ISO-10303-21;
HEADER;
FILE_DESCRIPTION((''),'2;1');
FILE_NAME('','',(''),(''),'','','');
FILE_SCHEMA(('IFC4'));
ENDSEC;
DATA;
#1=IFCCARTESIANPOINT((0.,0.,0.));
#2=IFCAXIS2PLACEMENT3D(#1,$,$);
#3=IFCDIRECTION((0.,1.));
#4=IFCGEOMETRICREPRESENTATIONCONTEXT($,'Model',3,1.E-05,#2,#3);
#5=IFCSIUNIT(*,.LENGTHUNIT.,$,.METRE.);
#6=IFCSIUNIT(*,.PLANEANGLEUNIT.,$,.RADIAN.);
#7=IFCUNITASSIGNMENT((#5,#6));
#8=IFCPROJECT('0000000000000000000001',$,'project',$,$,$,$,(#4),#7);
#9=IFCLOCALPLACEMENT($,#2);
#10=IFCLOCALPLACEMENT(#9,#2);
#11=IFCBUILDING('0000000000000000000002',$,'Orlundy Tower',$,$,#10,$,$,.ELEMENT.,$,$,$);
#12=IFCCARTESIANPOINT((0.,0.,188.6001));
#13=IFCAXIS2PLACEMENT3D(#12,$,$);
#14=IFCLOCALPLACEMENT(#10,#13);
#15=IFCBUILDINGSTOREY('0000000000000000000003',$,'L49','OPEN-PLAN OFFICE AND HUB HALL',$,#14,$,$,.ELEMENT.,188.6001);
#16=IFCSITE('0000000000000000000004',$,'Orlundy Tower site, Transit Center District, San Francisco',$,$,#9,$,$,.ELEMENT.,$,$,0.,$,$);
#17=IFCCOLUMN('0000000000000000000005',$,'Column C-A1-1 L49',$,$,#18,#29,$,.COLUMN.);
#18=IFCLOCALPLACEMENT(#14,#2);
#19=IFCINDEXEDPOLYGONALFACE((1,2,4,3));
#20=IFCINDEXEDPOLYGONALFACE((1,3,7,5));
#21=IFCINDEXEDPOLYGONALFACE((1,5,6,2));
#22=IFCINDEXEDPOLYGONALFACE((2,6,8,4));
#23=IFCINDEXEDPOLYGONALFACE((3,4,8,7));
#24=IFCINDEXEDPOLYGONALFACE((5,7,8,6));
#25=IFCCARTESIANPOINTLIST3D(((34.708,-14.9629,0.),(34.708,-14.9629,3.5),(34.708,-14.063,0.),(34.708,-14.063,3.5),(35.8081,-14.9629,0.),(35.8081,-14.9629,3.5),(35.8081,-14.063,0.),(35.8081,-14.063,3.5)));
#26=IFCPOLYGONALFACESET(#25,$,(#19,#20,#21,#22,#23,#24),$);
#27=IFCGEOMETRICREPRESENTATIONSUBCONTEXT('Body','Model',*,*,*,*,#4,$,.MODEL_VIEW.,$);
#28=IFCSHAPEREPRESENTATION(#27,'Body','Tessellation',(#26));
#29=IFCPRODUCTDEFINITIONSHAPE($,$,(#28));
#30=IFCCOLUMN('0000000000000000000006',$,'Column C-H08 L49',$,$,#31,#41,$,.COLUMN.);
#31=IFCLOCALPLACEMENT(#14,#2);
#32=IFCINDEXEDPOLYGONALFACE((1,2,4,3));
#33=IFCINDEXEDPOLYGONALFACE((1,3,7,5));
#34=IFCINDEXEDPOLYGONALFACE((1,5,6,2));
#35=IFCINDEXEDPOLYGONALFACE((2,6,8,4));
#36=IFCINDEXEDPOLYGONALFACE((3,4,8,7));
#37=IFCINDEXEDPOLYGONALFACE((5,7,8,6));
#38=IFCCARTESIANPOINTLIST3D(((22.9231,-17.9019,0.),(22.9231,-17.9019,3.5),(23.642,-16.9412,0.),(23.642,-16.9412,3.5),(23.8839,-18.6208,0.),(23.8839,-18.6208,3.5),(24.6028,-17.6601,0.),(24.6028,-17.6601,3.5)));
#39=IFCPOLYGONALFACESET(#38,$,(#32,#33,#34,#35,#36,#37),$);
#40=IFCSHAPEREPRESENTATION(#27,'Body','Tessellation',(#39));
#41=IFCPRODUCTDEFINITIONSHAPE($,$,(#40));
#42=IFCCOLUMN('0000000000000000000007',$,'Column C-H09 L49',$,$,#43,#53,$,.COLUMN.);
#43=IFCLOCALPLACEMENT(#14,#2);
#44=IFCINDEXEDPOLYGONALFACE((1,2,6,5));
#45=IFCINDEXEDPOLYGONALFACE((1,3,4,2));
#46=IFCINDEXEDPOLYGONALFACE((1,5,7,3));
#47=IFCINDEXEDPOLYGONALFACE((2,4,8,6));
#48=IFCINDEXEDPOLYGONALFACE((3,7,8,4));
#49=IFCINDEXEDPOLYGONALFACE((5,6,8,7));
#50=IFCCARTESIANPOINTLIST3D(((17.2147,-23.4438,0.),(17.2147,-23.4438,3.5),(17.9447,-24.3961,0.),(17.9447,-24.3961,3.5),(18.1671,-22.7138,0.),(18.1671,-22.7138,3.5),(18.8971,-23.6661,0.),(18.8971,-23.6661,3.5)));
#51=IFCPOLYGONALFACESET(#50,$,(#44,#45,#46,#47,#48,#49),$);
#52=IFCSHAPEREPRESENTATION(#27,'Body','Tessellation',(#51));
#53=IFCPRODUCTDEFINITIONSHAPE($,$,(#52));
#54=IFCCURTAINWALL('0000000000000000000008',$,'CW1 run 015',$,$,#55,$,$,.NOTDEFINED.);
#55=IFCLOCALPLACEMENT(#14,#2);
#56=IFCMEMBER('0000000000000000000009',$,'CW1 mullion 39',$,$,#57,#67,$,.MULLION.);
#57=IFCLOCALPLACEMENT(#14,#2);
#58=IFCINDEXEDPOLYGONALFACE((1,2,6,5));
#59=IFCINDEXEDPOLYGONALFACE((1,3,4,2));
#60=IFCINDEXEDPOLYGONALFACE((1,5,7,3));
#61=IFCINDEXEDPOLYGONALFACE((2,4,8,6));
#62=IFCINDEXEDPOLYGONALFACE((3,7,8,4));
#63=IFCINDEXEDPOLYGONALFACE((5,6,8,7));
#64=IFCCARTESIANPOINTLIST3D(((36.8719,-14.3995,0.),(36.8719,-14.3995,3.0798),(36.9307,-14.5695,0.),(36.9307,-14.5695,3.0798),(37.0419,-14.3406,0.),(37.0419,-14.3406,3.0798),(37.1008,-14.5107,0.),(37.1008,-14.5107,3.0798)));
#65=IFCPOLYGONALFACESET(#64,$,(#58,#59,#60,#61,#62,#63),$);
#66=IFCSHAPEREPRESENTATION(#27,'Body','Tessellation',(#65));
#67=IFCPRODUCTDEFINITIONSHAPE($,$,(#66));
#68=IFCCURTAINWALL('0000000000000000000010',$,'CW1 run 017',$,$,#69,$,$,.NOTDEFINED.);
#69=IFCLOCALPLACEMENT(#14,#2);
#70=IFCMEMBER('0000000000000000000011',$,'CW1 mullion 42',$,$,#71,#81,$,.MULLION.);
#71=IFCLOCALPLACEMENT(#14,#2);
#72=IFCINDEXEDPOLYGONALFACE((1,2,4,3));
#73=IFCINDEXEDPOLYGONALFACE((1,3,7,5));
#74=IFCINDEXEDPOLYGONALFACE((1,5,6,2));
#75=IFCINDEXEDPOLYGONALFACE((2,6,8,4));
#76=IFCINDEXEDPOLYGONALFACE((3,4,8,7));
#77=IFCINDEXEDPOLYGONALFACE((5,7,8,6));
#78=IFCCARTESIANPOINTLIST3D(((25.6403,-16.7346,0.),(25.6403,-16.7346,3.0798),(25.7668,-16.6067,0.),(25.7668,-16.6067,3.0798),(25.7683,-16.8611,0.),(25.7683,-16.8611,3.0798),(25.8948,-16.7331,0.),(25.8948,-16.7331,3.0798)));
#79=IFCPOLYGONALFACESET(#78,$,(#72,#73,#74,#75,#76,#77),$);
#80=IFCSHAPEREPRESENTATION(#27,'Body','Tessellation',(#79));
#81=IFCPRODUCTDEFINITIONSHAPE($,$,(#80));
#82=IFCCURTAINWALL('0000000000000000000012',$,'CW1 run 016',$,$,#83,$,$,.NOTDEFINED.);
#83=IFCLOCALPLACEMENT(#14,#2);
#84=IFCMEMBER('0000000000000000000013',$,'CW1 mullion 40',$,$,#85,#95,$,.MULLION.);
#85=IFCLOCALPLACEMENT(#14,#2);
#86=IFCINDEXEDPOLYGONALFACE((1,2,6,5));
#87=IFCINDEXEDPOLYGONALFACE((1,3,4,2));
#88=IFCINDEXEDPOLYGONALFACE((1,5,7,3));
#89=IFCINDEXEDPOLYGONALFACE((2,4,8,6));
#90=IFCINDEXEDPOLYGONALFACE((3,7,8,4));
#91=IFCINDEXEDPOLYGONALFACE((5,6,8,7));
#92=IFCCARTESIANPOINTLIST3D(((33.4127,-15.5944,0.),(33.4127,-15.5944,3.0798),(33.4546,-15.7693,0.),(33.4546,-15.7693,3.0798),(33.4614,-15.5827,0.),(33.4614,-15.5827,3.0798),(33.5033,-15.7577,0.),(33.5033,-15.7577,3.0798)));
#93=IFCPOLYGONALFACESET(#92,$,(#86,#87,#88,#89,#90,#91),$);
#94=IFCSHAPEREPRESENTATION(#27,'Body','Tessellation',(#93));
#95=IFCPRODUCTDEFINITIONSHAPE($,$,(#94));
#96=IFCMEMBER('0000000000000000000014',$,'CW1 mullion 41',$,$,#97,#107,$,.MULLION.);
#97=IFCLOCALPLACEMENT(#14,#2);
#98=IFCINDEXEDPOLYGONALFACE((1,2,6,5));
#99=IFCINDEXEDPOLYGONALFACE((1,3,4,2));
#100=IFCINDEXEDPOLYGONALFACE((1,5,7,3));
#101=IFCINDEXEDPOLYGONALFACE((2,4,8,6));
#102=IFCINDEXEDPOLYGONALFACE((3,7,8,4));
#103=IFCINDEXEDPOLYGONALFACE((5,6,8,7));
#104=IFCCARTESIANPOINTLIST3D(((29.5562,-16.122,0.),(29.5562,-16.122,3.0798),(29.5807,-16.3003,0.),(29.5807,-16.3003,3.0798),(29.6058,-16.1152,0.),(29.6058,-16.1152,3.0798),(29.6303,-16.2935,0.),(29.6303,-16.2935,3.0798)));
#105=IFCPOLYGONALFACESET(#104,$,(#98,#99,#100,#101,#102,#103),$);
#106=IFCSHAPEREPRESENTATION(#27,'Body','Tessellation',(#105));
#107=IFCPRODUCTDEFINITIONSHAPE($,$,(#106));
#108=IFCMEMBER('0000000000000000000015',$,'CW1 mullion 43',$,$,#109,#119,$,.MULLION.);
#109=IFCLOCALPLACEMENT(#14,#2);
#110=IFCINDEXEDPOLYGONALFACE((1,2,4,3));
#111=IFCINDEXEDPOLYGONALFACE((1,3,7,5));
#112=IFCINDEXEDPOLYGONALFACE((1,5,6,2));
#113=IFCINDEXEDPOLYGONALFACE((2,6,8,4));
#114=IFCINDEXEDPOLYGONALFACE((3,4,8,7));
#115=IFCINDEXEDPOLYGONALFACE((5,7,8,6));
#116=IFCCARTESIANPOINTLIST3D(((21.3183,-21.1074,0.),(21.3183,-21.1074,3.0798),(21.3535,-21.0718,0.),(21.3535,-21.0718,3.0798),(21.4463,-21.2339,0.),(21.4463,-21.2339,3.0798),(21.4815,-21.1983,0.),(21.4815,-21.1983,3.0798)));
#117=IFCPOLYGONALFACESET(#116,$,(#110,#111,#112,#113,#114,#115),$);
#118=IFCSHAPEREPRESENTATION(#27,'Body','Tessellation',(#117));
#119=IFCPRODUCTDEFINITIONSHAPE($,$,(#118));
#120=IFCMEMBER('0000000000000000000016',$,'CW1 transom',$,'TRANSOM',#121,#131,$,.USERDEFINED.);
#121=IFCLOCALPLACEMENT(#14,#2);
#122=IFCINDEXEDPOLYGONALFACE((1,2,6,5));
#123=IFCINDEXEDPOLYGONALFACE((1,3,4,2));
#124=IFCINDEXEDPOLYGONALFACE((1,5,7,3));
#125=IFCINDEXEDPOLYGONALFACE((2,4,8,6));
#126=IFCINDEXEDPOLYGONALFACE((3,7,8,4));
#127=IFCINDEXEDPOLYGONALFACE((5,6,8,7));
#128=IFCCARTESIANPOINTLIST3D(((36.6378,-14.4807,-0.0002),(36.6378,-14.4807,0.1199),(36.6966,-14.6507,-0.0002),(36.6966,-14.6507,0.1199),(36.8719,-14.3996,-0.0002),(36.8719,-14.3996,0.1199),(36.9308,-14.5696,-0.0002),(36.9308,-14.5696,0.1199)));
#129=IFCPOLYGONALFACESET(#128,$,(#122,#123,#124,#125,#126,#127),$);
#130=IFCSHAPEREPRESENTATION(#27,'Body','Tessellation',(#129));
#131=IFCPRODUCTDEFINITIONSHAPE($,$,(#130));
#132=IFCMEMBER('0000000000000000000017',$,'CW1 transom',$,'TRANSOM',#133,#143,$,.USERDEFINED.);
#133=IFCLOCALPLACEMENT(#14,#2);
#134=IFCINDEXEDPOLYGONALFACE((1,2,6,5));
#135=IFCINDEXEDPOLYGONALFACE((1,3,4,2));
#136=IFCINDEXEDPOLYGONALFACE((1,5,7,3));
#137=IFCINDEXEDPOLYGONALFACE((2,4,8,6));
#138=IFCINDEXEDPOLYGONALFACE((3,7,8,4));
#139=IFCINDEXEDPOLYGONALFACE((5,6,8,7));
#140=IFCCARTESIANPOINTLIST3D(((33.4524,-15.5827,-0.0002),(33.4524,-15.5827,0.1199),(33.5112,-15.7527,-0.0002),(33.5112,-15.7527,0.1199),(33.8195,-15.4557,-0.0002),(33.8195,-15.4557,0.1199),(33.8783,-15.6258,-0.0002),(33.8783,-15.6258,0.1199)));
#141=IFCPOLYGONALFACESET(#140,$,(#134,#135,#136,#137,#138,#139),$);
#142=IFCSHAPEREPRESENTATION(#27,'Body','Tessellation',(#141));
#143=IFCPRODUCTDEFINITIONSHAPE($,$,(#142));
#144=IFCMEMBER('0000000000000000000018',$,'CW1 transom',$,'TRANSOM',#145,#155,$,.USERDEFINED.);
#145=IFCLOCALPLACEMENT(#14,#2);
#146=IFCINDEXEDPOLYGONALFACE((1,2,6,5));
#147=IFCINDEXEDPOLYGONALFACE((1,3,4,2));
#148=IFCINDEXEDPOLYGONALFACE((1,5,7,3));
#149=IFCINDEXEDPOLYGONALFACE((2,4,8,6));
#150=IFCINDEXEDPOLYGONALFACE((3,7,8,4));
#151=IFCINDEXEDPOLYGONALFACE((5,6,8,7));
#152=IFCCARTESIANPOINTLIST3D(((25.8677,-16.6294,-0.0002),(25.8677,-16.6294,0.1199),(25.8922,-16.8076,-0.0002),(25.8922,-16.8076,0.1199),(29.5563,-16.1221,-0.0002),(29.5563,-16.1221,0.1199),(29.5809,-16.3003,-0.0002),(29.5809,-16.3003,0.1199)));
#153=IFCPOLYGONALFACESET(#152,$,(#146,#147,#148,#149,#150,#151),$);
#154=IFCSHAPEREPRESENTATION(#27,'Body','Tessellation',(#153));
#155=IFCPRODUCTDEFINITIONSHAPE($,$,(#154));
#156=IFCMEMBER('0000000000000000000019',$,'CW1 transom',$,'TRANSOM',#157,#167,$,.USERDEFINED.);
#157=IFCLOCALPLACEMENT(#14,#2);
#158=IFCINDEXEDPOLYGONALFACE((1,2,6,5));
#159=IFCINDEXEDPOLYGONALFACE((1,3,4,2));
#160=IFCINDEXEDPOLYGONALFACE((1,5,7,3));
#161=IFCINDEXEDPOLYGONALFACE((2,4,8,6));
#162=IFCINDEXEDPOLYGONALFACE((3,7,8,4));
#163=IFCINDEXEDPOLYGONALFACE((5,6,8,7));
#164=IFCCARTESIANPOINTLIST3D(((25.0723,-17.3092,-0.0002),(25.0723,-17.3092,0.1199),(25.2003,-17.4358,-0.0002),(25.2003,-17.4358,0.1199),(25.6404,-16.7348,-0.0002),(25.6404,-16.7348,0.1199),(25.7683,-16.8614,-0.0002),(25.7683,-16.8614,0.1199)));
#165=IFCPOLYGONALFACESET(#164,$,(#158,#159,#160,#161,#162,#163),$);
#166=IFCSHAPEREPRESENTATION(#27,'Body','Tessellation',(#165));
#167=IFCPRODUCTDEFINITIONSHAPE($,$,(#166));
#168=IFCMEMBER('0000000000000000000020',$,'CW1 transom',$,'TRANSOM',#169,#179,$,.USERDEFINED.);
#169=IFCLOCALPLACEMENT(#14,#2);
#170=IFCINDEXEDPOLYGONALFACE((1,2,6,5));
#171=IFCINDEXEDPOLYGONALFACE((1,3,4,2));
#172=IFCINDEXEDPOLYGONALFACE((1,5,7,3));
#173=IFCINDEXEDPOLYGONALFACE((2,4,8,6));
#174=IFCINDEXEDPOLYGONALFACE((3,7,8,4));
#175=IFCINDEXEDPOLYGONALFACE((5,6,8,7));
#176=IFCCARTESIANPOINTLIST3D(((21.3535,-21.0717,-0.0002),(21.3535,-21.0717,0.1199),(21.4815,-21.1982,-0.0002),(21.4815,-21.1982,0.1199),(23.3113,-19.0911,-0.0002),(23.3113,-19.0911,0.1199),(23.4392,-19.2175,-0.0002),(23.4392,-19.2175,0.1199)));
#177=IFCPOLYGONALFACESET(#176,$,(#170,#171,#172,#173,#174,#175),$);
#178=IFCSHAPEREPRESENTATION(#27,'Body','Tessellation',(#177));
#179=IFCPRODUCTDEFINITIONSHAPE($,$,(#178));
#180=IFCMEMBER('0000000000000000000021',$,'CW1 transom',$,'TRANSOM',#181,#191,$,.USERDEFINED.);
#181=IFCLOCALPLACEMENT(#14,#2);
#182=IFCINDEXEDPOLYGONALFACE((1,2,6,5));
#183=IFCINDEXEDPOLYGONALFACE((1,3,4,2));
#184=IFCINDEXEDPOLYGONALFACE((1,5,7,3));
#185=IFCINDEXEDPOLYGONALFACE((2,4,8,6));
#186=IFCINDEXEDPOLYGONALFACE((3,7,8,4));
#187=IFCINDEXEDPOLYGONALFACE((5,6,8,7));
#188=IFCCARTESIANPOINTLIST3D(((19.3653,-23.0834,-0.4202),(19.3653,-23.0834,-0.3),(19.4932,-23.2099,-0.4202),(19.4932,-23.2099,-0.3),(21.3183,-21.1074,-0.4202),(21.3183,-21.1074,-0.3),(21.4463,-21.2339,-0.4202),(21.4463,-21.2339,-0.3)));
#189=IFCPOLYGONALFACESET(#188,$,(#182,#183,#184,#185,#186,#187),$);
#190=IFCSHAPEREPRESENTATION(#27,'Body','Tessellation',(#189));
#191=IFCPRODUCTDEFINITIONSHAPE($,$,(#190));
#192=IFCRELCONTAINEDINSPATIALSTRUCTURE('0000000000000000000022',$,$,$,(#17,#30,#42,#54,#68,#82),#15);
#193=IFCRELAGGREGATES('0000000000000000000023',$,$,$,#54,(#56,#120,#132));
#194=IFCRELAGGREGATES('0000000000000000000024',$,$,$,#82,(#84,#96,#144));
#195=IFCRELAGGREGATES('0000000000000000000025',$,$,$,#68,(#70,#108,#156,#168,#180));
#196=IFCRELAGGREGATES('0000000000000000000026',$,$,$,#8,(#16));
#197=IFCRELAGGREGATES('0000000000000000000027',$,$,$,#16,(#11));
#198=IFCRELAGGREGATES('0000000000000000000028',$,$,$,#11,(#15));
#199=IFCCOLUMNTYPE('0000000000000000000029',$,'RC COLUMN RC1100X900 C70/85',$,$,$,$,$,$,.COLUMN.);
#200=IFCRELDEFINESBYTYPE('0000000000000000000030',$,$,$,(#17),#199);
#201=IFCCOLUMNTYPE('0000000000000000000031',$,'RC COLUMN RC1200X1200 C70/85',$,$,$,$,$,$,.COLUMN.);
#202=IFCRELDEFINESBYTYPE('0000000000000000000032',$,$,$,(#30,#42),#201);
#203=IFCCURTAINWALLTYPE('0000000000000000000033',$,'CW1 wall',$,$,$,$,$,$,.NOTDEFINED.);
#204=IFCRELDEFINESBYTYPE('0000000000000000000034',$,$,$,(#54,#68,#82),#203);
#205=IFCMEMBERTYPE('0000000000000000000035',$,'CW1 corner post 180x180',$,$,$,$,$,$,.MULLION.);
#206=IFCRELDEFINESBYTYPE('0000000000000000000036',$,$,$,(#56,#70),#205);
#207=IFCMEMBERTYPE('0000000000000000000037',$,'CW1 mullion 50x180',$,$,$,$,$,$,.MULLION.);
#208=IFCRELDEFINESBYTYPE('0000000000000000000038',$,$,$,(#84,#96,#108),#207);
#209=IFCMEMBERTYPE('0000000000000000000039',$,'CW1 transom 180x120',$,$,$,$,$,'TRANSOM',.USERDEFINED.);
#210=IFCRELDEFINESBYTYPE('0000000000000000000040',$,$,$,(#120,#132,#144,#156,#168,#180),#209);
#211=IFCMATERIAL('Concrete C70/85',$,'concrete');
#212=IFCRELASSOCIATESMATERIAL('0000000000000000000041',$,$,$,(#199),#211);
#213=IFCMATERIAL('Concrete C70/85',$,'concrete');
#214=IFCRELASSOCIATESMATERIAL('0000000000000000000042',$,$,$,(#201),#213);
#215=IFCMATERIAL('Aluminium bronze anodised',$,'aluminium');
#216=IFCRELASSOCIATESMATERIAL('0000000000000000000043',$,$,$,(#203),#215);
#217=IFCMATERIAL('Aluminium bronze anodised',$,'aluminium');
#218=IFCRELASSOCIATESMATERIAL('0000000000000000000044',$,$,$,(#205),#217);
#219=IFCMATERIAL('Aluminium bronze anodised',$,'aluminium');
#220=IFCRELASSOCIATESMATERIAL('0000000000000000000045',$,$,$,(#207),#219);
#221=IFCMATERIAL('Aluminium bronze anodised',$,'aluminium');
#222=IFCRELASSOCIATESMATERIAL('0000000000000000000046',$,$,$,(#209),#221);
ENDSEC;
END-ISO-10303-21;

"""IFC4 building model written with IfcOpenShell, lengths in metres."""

from ifc_helpers import new_model, si_unit, direction, frame, origin, origin_2d, place, context, subcontext, project, spatial, rectangle, extrude, material, material_profile, profile_set, type_object, element, aggregate, save


model = new_model("IFC4")

# Units and contexts
model_context = context("Model", 3, precision=1e-05, world=origin(), true_north=direction((0.0, 1.0)))
body_context = subcontext(model_context, "Body", "Model", "MODEL_VIEW")
ifc_project = project(units=[si_unit("LENGTHUNIT", "METRE"), si_unit("PLANEANGLEUNIT", "RADIAN")], contexts=[model_context])

# Site, building, storey
site_placement = place(None, origin())
site = spatial("IfcSite", under=ifc_project, at=site_placement, Name="Orlundy Tower site, Transit Center District, San Francisco", CompositionType="ELEMENT", RefElevation=0.0)
building_placement = place(site_placement, origin())
building = spatial("IfcBuilding", under=site, at=building_placement, Name="Orlundy Tower", CompositionType="ELEMENT")
storey_placement = place(building_placement, frame((0.0, 0.0, 188.6001)))
storey = spatial("IfcBuildingStorey", under=building, at=storey_placement, Name="L49", Description="OPEN-PLAN OFFICE AND HUB HALL", CompositionType="ELEMENT", Elevation=188.6001)

# Columns
ifc_material_1 = material(Name="Concrete C70/85", Category="concrete")
ifc_material_profile_1 = material_profile(ifc_material_1, rectangle(XDim=1.1001, YDim=0.8999, at=origin_2d()), Name="RC1100X900")
ifc_profile_set_1 = profile_set([ifc_material_profile_1], Name="Concrete C70/85")
column_type_1 = type_object("IfcColumnType", Name="RC COLUMN RC1100X900 C70/85", PredefinedType="COLUMN", material=ifc_profile_set_1)
column_placement = place(storey_placement, frame((35.2581, -14.5129, 0.0), z_axis=(0.0, 0.0, 1.0), x_axis=(1.0, 0.0, 0.0)))
element("IfcColumn", 1, at=column_placement, inside=storey, type_object=column_type_1, Name="Column C-A1-1 L49", PredefinedType="COLUMN", context=body_context, shape_type="SweptSolid", body=[
    extrude(rectangle(XDim=1.1001, YDim=0.8999, at=origin_2d()), origin(), (0.0, 0.0, 1.0), 3.5),
])
ifc_material_2 = material(Name="Concrete C70/85", Category="concrete")
ifc_material_profile_2 = material_profile(ifc_material_2, rectangle(XDim=1.2, YDim=1.2, at=origin_2d()), Name="RC1200X1200")
ifc_profile_set_2 = profile_set([ifc_material_profile_2], Name="Concrete C70/85")
column_type_2 = type_object("IfcColumnType", Name="RC COLUMN RC1200X1200 C70/85", PredefinedType="COLUMN", material=ifc_profile_set_2)
for number, where, z_axis, x_axis, name in (
    (2, (23.7629, -17.781, 0.0), (0.0, 0.0, 1.0), (0.800669, -0.599107, 0.0), "Column C-H08 L49"),
    (3, (18.0559, -23.5549, 0.0), (0.0, 0.0, 1.0), (0.608374, -0.793651, 0.0), "Column C-H09 L49"),
):
    element("IfcColumn", number, at=place(storey_placement, frame(where, z_axis=z_axis, x_axis=x_axis)), inside=storey, type_object=column_type_2, Name=name, PredefinedType="COLUMN", context=body_context, shape_type="SweptSolid", body=[
        extrude(rectangle(XDim=1.2, YDim=1.2, at=origin_2d()), origin(), (0.0, 0.0, 1.0), 3.5),
    ])

# Curtain walls, members
ifc_material_3 = material(Name="Aluminium bronze anodised", Category="aluminium")
curtain_wall_type = type_object("IfcCurtainWallType", Name="CW1 wall", PredefinedType="NOTDEFINED", material=ifc_material_3)
curtain_wall_1_placement = place(storey_placement, origin())
curtain_wall_1 = element("IfcCurtainWall", 4, at=curtain_wall_1_placement, inside=storey, type_object=curtain_wall_type, Name="CW1 run 015", PredefinedType="NOTDEFINED")
ifc_material_4 = material(Name="Aluminium bronze anodised", Category="aluminium")
ifc_material_profile_3 = material_profile(ifc_material_4, rectangle(XDim=0.1799, YDim=0.1799, at=origin_2d()), Name="CW1 corner post 180x180")
ifc_profile_set_3 = profile_set([ifc_material_profile_3], Name="Aluminium bronze anodised")
member_type_1 = type_object("IfcMemberType", Name="CW1 corner post 180x180", PredefinedType="MULLION", material=ifc_profile_set_3)
member_1_placement = place(storey_placement, frame((36.9863, -14.4551, 0.0), z_axis=(0.0, 0.0, 1.0), x_axis=(0.326972, -0.945034, 0.0)))
member_1 = element("IfcMember", 5, at=member_1_placement, type_object=member_type_1, Name="CW1 mullion 39", PredefinedType="MULLION", context=body_context, shape_type="SweptSolid", body=[
    extrude(rectangle(XDim=0.1799, YDim=0.1799, at=origin_2d()), origin(), (0.0, 0.0, 1.0), 3.0798),
])
curtain_wall_2_placement = place(storey_placement, origin())
curtain_wall_2 = element("IfcCurtainWall", 6, at=curtain_wall_2_placement, inside=storey, type_object=curtain_wall_type, Name="CW1 run 017", PredefinedType="NOTDEFINED")
member_2_placement = place(storey_placement, frame((25.7676, -16.7339, 0.0), z_axis=(0.0, 0.0, 1.0), x_axis=(0.711219, -0.70297, 0.0)))
member_2 = element("IfcMember", 7, at=member_2_placement, type_object=member_type_1, Name="CW1 mullion 42", PredefinedType="MULLION", context=body_context, shape_type="SweptSolid", body=[
    extrude(rectangle(XDim=0.1799, YDim=0.1799, at=origin_2d()), origin(), (0.0, 0.0, 1.0), 3.0798),
])

# Curtain wall, members
curtain_wall_3_placement = place(storey_placement, origin())
curtain_wall_3 = element("IfcCurtainWall", 8, at=curtain_wall_3_placement, inside=storey, type_object=curtain_wall_type, Name="CW1 run 016", PredefinedType="NOTDEFINED")
ifc_material_5 = material(Name="Aluminium bronze anodised", Category="aluminium")
ifc_material_profile_4 = material_profile(ifc_material_5, rectangle(XDim=0.1799, YDim=0.05, at=origin_2d()), Name="CW1 mullion 50x180")
ifc_profile_set_4 = profile_set([ifc_material_profile_4], Name="Aluminium bronze anodised")
member_type_2 = type_object("IfcMemberType", Name="CW1 mullion 50x180", PredefinedType="MULLION", material=ifc_profile_set_4)
member_3_placement = place(storey_placement, frame((33.458, -15.676, 0.0), z_axis=(0.0, 0.0, 1.0), x_axis=(0.232754, -0.972536, 0.0)))
member_3 = element("IfcMember", 9, at=member_3_placement, type_object=member_type_2, Name="CW1 mullion 40", PredefinedType="MULLION", context=body_context, shape_type="SweptSolid", body=[
    extrude(rectangle(XDim=0.1799, YDim=0.05, at=origin_2d()), origin(), (0.0, 0.0, 1.0), 3.0798),
])
member_4_placement = place(storey_placement, frame((29.5933, -16.2078, 0.0), z_axis=(0.0, 0.0, 1.0), x_axis=(0.136294, -0.990668, 0.0)))
member_4 = element("IfcMember", 10, at=member_4_placement, type_object=member_type_2, Name="CW1 mullion 41", PredefinedType="MULLION", context=body_context, shape_type="SweptSolid", body=[
    extrude(rectangle(XDim=0.1799, YDim=0.05, at=origin_2d()), origin(), (0.0, 0.0, 1.0), 3.0798),
])

# Members
member_5_placement = place(storey_placement, frame((21.3999, -21.1528, 0.0), z_axis=(0.0, 0.0, 1.0), x_axis=(0.711219, -0.70297, 0.0)))
member_5 = element("IfcMember", 11, at=member_5_placement, type_object=member_type_2, Name="CW1 mullion 43", PredefinedType="MULLION", context=body_context, shape_type="SweptSolid", body=[
    extrude(rectangle(XDim=0.1799, YDim=0.05, at=origin_2d()), origin(), (0.0, 0.0, 1.0), 3.0798),
])
ifc_material_6 = material(Name="Aluminium bronze anodised", Category="aluminium")
ifc_material_profile_5 = material_profile(ifc_material_6, rectangle(XDim=0.1799, YDim=0.1201, at=origin_2d()), Name="CW1 transom 180x120")
ifc_profile_set_5 = profile_set([ifc_material_profile_5], Name="Aluminium bronze anodised")
member_type_3 = type_object("IfcMemberType", Name="CW1 transom 180x120", ElementType="TRANSOM", PredefinedType="USERDEFINED", material=ifc_profile_set_5)
member_6_placement = place(storey_placement, frame((36.9014, -14.4846, 0.0598), z_axis=(-0.944974, -0.327144, 0.0), x_axis=(0.327144, -0.944974, 0.0)))
member_6 = element("IfcMember", 12, at=member_6_placement, type_object=member_type_3, Name="CW1 transom", ObjectType="TRANSOM", PredefinedType="USERDEFINED", context=body_context, shape_type="SweptSolid", body=[
    extrude(rectangle(XDim=0.1799, YDim=0.1201, at=origin_2d()), origin(), (0.0, 0.0, 1.0), 0.2478),
])
member_7_placement = place(storey_placement, frame((33.8489, -15.5408, 0.0598), z_axis=(-0.945106, -0.326765, 0.0), x_axis=(0.326765, -0.945106, 0.0)))
member_7 = element("IfcMember", 13, at=member_7_placement, type_object=member_type_3, Name="CW1 transom", ObjectType="TRANSOM", PredefinedType="USERDEFINED", context=body_context, shape_type="SweptSolid", body=[
    extrude(rectangle(XDim=0.1799, YDim=0.1201, at=origin_2d()), origin(), (0.0, 0.0, 1.0), 0.3884),
])
member_8_placement = place(storey_placement, frame((29.5686, -16.2112, 0.0598), z_axis=(-0.990674, -0.136251, 0.0), x_axis=(0.136251, -0.990674, 0.0)))
member_8 = element("IfcMember", 14, at=member_8_placement, type_object=member_type_3, Name="CW1 transom", ObjectType="TRANSOM", PredefinedType="USERDEFINED", context=body_context, shape_type="SweptSolid", body=[
    extrude(rectangle(XDim=0.1799, YDim=0.1201, at=origin_2d()), origin(), (0.0, 0.0, 1.0), 3.7234),
])
member_9_placement = place(storey_placement, frame((25.7043, -16.7981, 0.0598), z_axis=(-0.703168, -0.711024, 0.0), x_axis=(0.711024, -0.703168, 0.0)))
member_9 = element("IfcMember", 15, at=member_9_placement, type_object=member_type_3, Name="CW1 transom", ObjectType="TRANSOM", PredefinedType="USERDEFINED", context=body_context, shape_type="SweptSolid", body=[
    extrude(rectangle(XDim=0.1799, YDim=0.1201, at=origin_2d()), origin(), (0.0, 0.0, 1.0), 0.8079),
])
member_10_placement = place(storey_placement, frame((23.3752, -19.1543, 0.0598), z_axis=(-0.702975, -0.711215, 0.0), x_axis=(0.711215, -0.702975, 0.0)))
member_10 = element("IfcMember", 16, at=member_10_placement, type_object=member_type_3, Name="CW1 transom", ObjectType="TRANSOM", PredefinedType="USERDEFINED", context=body_context, shape_type="SweptSolid", body=[
    extrude(rectangle(XDim=0.1799, YDim=0.1201, at=origin_2d()), origin(), (0.0, 0.0, 1.0), 2.7849),
])
member_11_placement = place(storey_placement, frame((21.3823, -21.1707, -0.3601), z_axis=(-0.702965, -0.711225, 0.0), x_axis=(0.711225, -0.702965, 0.0)))
member_11 = element("IfcMember", 17, at=member_11_placement, type_object=member_type_3, Name="CW1 transom", ObjectType="TRANSOM", PredefinedType="USERDEFINED", context=body_context, shape_type="SweptSolid", body=[
    extrude(rectangle(XDim=0.1799, YDim=0.1201, at=origin_2d()), origin(), (0.0, 0.0, 1.0), 2.7783),
])

aggregate(curtain_wall_1, [member_1, member_6, member_7])
aggregate(curtain_wall_3, [member_3, member_4, member_8])
aggregate(curtain_wall_2, [member_2, member_5, member_9, member_10, member_11])

save(model, "model.ifc")
